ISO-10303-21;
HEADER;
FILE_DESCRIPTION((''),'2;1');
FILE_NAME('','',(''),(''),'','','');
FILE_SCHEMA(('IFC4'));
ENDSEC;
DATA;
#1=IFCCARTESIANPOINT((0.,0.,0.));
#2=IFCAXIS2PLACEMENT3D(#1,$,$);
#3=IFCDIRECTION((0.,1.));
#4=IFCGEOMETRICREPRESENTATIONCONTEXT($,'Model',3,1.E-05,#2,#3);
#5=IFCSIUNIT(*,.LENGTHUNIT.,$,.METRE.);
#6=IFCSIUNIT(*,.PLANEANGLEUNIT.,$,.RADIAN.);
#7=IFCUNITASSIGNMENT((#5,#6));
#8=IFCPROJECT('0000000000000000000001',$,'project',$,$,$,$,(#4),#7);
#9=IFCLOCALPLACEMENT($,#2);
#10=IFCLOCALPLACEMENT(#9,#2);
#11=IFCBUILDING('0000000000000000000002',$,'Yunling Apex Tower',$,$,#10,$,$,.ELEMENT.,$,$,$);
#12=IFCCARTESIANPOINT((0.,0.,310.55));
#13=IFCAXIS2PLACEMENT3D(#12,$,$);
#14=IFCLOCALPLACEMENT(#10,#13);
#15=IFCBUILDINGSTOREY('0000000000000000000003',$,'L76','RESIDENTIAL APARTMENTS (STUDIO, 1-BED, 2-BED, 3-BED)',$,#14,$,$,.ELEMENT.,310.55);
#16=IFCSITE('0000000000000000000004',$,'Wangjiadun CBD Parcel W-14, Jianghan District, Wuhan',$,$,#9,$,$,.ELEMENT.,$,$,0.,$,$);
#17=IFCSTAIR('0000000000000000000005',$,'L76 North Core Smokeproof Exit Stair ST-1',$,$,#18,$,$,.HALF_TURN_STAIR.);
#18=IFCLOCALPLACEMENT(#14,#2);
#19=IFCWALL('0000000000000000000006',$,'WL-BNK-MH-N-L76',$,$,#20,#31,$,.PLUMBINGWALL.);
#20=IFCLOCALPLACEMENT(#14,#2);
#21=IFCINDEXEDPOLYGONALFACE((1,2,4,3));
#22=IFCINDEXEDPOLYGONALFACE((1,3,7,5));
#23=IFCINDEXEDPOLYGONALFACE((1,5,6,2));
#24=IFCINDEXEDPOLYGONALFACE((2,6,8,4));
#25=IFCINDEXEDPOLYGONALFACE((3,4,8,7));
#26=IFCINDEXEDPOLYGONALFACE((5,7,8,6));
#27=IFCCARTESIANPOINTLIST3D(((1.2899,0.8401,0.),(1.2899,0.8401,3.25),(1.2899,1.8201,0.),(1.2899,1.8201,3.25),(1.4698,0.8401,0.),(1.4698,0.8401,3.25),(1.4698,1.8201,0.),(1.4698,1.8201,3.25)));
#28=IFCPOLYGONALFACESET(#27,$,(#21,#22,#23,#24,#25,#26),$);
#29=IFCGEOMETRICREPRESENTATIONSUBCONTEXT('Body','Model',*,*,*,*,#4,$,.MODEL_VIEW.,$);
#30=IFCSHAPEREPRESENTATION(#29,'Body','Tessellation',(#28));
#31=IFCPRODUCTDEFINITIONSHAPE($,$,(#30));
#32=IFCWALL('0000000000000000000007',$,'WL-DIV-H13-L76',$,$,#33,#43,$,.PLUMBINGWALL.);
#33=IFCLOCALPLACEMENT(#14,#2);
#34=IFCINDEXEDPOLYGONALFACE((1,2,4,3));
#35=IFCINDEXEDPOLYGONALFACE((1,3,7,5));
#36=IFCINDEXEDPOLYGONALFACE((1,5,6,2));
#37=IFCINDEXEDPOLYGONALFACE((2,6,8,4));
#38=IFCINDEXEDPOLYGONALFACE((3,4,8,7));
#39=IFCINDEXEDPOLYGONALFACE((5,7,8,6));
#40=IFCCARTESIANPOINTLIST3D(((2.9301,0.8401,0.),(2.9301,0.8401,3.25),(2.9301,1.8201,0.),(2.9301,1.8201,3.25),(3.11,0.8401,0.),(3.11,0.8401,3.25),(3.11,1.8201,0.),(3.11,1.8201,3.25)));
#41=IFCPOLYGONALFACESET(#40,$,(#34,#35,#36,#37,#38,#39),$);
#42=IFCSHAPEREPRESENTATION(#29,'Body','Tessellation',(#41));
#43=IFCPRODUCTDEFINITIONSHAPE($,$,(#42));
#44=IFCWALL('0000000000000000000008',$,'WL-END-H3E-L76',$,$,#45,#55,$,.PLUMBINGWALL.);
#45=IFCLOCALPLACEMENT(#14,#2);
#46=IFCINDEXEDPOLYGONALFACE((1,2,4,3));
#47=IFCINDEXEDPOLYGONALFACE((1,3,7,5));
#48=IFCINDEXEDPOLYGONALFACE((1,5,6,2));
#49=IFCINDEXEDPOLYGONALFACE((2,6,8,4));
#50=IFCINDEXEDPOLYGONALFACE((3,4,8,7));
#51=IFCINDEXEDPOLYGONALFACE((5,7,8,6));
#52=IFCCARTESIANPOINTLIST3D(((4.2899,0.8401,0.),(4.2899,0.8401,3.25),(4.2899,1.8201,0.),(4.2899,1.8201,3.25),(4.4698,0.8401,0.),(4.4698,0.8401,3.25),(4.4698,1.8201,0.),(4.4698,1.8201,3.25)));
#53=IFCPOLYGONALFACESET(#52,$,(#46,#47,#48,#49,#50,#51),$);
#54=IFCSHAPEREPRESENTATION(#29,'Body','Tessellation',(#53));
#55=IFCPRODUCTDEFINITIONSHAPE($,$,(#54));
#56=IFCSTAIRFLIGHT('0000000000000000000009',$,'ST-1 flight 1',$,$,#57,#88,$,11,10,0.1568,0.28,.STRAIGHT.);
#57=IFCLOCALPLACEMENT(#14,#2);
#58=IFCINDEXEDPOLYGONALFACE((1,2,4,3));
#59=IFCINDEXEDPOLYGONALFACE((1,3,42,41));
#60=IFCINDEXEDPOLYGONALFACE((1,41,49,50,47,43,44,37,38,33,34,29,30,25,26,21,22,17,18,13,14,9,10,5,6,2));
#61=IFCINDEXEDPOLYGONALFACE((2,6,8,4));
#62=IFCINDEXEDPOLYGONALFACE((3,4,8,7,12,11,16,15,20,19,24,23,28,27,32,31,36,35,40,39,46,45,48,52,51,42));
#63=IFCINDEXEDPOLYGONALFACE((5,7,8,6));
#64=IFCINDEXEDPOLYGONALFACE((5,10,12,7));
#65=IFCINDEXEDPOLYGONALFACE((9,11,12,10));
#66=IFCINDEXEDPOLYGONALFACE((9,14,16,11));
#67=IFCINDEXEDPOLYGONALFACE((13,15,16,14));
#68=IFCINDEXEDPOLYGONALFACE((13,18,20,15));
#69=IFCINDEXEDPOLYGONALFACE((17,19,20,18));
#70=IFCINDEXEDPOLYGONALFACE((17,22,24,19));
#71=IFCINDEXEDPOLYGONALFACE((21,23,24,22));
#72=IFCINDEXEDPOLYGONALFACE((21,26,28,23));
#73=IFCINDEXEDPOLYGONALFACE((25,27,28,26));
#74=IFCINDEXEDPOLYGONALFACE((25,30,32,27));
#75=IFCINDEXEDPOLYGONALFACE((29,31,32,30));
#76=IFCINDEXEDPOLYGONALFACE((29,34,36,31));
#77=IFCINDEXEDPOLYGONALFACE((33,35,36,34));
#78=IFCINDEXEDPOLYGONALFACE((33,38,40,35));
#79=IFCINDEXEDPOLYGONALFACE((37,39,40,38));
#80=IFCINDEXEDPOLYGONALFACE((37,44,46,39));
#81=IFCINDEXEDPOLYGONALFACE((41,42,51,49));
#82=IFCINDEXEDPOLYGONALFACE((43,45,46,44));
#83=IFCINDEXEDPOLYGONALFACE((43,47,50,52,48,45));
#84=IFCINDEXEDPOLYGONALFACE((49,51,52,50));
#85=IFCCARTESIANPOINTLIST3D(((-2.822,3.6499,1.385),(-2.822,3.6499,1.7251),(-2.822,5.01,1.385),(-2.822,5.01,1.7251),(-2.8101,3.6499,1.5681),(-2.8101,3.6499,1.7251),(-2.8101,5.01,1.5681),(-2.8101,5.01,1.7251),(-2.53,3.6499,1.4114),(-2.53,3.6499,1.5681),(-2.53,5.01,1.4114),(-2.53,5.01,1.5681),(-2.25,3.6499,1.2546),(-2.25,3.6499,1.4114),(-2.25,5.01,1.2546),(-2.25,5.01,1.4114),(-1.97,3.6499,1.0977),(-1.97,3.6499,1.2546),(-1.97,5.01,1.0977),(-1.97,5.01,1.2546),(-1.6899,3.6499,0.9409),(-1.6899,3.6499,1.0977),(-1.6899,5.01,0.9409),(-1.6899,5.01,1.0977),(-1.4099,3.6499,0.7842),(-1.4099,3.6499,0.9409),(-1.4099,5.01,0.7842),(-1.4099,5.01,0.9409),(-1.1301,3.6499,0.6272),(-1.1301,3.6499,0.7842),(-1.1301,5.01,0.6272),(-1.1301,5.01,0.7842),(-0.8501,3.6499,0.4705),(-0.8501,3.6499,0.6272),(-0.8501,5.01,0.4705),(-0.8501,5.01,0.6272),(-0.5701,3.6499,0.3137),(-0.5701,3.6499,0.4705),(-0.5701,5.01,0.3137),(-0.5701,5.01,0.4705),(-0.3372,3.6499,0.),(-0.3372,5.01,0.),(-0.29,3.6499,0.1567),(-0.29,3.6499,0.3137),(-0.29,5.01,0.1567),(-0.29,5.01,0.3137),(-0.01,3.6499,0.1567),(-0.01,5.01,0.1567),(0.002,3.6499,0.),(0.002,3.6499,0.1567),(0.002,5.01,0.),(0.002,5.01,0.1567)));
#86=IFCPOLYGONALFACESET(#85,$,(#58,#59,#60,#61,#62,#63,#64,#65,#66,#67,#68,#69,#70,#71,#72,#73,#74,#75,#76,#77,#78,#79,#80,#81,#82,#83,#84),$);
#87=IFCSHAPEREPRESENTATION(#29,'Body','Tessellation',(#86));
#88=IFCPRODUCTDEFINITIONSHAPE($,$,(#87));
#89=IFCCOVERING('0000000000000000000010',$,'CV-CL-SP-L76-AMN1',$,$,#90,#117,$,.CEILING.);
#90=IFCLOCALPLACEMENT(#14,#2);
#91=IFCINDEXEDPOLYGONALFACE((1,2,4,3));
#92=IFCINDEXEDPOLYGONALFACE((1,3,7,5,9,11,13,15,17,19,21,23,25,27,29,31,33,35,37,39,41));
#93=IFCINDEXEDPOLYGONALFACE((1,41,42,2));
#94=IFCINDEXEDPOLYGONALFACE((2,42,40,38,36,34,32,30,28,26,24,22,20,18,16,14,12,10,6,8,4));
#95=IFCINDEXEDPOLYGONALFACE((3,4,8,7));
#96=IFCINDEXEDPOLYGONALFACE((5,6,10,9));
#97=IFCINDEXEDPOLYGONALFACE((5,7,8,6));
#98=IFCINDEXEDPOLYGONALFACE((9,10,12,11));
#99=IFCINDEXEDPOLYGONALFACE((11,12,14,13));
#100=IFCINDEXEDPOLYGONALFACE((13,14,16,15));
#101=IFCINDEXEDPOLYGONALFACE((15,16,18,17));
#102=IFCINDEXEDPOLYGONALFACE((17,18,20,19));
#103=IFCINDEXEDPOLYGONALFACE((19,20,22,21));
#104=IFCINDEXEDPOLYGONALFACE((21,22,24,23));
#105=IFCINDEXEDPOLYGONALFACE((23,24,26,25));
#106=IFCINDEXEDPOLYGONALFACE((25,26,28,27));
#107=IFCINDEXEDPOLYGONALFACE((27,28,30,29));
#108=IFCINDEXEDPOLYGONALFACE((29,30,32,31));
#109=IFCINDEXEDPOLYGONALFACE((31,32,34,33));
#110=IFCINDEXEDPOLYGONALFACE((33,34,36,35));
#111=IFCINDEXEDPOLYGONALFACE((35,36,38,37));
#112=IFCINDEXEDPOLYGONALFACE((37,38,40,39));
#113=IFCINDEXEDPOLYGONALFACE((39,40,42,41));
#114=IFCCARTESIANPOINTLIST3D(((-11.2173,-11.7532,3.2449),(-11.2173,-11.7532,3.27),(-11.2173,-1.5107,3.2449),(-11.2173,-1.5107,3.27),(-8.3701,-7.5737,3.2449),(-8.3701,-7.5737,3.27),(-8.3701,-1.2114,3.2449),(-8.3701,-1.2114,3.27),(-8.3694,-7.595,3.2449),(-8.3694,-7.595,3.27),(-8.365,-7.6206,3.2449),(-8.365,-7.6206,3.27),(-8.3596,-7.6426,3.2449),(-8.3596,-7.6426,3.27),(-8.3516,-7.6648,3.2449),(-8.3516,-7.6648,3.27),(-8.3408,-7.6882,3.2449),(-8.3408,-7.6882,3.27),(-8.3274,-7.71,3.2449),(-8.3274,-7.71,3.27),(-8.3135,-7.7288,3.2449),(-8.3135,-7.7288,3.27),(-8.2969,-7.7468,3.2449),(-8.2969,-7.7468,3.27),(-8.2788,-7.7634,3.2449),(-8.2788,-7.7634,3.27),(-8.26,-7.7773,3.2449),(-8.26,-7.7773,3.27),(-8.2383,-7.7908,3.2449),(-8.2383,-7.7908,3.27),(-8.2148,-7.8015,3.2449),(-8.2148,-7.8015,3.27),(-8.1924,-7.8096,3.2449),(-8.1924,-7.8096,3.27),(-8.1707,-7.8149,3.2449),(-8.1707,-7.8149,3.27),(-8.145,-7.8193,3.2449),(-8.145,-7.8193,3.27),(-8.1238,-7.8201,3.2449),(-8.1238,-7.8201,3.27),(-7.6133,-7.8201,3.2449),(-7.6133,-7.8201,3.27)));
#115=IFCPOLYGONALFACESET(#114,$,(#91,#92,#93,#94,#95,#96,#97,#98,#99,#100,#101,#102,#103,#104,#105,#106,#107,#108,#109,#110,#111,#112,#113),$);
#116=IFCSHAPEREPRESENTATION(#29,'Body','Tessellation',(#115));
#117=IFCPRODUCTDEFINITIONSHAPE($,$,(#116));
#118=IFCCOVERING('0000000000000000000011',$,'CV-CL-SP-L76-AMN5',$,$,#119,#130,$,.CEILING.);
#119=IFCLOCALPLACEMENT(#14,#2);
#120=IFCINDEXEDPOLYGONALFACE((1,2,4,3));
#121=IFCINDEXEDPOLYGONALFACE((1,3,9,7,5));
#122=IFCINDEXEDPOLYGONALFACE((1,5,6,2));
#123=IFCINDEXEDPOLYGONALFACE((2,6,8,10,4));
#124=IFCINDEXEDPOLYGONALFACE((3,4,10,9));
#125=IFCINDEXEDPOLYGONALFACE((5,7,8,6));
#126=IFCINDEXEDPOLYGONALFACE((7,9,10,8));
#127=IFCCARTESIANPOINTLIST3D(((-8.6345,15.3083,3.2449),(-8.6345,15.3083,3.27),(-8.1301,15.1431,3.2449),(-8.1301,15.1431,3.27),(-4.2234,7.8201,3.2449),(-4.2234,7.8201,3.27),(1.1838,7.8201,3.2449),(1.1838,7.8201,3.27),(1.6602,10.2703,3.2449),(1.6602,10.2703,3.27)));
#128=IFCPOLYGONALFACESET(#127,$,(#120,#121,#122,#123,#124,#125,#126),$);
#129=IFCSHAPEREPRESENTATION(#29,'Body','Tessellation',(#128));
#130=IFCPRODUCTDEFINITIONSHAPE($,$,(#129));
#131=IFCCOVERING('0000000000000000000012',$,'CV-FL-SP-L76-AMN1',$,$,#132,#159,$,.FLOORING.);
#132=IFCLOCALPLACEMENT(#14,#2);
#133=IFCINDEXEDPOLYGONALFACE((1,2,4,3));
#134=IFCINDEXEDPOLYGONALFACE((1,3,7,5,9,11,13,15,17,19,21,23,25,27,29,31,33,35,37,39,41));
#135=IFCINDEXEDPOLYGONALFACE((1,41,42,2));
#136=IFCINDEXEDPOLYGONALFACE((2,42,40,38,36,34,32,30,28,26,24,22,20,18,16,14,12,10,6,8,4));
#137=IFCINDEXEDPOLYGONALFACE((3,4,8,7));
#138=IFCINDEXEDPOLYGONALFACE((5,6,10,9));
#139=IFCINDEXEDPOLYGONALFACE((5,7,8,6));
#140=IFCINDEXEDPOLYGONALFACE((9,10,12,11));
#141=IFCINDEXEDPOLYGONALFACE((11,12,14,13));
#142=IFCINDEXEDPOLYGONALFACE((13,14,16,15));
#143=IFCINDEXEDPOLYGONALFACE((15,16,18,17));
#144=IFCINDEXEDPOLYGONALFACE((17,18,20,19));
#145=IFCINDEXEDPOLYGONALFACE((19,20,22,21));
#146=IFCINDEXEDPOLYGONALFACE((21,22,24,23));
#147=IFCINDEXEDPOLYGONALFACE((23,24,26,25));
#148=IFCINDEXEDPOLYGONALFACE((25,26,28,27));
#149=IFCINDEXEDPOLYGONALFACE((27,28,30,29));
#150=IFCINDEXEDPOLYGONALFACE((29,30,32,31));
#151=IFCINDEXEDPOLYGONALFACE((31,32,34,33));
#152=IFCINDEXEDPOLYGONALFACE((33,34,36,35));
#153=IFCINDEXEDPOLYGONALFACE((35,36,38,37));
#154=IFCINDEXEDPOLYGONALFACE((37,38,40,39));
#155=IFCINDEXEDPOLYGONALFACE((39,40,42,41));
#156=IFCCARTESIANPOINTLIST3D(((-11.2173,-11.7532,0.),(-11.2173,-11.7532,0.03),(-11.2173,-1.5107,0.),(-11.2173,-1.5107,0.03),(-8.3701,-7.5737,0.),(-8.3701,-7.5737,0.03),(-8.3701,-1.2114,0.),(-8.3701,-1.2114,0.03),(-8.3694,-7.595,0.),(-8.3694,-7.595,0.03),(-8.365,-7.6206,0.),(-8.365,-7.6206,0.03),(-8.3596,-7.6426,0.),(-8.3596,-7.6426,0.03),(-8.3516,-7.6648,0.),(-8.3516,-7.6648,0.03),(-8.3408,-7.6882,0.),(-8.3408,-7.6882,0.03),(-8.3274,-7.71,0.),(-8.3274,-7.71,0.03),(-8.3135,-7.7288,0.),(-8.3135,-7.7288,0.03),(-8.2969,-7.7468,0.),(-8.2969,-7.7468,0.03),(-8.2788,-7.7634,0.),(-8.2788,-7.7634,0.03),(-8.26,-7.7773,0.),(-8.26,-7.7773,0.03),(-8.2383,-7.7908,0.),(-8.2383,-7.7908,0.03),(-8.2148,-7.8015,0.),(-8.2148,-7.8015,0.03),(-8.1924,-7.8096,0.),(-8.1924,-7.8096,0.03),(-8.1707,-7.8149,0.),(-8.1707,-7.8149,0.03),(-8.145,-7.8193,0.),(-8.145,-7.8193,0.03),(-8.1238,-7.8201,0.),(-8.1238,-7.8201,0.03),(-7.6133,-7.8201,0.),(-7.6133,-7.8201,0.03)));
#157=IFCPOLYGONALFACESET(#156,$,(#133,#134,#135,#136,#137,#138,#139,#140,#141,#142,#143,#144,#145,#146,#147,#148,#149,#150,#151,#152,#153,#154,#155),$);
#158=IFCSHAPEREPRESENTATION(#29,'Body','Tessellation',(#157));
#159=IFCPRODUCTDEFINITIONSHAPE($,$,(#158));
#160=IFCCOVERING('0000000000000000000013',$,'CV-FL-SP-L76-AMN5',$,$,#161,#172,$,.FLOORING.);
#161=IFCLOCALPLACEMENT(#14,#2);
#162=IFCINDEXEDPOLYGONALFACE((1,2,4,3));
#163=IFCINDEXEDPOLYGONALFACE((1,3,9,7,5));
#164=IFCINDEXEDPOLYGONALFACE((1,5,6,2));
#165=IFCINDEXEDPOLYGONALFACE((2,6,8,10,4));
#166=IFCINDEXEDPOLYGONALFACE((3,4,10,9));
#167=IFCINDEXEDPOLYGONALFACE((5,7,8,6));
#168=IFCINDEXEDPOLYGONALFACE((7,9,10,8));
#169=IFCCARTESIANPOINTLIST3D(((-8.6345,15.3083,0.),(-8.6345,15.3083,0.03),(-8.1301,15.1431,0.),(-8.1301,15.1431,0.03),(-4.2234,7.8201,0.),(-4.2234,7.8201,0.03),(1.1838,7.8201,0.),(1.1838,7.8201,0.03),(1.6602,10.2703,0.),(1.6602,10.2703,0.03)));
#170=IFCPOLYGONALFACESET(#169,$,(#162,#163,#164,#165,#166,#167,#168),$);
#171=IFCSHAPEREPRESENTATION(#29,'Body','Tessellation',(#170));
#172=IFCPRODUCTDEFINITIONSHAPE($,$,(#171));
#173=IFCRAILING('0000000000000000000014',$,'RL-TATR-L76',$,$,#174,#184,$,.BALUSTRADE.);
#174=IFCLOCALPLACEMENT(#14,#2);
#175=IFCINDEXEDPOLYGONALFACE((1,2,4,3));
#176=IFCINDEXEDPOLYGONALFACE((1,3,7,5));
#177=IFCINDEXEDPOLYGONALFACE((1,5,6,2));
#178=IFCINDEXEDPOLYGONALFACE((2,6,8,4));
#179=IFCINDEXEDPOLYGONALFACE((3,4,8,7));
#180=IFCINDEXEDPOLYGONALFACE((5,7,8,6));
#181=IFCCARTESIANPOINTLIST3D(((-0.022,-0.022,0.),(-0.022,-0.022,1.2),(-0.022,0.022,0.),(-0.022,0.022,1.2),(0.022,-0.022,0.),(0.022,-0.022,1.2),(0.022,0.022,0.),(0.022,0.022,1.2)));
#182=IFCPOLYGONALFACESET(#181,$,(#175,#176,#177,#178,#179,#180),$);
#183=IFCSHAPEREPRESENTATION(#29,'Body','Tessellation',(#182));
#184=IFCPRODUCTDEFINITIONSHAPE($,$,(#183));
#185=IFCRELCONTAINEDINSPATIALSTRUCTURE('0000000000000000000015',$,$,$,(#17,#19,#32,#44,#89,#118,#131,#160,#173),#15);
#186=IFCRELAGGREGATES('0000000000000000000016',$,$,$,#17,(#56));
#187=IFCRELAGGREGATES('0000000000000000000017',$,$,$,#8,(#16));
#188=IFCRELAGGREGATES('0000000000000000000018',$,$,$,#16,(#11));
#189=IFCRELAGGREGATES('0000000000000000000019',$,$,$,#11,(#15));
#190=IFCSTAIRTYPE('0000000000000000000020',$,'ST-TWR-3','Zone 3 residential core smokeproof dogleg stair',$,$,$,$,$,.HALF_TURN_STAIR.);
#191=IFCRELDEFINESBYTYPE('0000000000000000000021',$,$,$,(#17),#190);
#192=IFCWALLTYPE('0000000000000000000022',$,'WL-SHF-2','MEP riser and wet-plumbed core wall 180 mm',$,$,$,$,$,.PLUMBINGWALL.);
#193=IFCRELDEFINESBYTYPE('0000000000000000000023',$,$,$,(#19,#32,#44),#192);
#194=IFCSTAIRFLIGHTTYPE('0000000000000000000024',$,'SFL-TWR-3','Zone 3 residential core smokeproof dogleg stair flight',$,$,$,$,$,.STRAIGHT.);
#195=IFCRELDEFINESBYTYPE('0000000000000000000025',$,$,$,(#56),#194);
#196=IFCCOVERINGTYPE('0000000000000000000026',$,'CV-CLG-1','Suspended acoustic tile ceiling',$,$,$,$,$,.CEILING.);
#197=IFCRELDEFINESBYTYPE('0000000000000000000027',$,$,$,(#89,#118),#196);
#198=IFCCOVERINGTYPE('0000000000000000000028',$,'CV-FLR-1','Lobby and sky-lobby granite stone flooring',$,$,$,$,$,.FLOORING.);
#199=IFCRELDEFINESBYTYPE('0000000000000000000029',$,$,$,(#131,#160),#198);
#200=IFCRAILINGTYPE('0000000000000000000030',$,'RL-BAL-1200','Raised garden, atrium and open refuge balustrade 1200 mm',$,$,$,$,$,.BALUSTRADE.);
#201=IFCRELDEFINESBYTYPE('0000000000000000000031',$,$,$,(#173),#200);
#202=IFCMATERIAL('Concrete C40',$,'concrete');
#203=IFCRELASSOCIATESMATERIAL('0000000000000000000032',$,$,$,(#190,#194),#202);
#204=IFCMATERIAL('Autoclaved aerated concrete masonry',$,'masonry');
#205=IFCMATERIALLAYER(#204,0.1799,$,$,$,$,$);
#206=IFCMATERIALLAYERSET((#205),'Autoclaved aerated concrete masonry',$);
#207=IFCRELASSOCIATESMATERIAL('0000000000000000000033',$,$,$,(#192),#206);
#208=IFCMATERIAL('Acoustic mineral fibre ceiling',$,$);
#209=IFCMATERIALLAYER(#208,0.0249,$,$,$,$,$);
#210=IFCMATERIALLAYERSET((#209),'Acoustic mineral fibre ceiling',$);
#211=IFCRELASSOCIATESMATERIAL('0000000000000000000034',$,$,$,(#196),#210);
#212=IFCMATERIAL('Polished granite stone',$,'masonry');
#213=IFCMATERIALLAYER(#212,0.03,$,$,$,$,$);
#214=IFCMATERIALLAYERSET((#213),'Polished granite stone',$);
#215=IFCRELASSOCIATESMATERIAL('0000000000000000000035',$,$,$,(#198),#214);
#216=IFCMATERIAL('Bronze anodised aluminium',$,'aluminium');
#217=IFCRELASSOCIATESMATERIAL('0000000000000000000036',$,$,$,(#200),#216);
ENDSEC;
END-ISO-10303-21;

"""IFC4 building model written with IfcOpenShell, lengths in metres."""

from ifc_helpers import new_model, si_unit, direction, frame, frame_2d, origin, origin_2d, place, context, subcontext, project, spatial, polyline, rectangle, outline, extrude, material, layer, layer_set, type_object, element, aggregate, save


model = new_model("IFC4")

# Units and contexts
model_context = context("Model", 3, precision=1e-05, world=origin(), true_north=direction((0.0, 1.0)))
body_context = subcontext(model_context, "Body", "Model", "MODEL_VIEW")
ifc_project = project(units=[si_unit("LENGTHUNIT", "METRE"), si_unit("PLANEANGLEUNIT", "RADIAN")], contexts=[model_context])

# Site, building, storey
site_placement = place(None, origin())
site = spatial("IfcSite", under=ifc_project, at=site_placement, Name="Wangjiadun CBD Parcel W-14, Jianghan District, Wuhan", CompositionType="ELEMENT", RefElevation=0.0)
building_placement = place(site_placement, origin())
building = spatial("IfcBuilding", under=site, at=building_placement, Name="Yunling Apex Tower", CompositionType="ELEMENT")
storey_placement = place(building_placement, frame((0.0, 0.0, 310.55)))
storey = spatial("IfcBuildingStorey", under=building, at=storey_placement, Name="L76", Description="RESIDENTIAL APARTMENTS (STUDIO, 1-BED, 2-BED, 3-BED)", CompositionType="ELEMENT", Elevation=310.55)

# Shared definitions
ifc_material_1 = material(Name="Bronze anodised aluminium", Category="aluminium")

# Shared definitions
ifc_material_2 = material(Name="Concrete C40", Category="concrete")

# Stair
stair_type = type_object("IfcStairType", Name="ST-TWR-3", Description="Zone 3 residential core smokeproof dogleg stair", PredefinedType="HALF_TURN_STAIR", material=ifc_material_2)
stair_1_placement = place(storey_placement, origin())
stair_1 = element("IfcStair", 1, at=stair_1_placement, inside=storey, type_object=stair_type, Name="L76 North Core Smokeproof Exit Stair ST-1", PredefinedType="HALF_TURN_STAIR")

# Shared definitions
ifc_material_3 = material(Name="Autoclaved aerated concrete masonry", Category="masonry")

# Walls
ifc_layer_1 = layer(ifc_material_3, 0.1799)
ifc_layer_set_1 = layer_set([ifc_layer_1], Name="Autoclaved aerated concrete masonry")
wall_type_1 = type_object("IfcWallType", Name="WL-SHF-2", Description="MEP riser and wet-plumbed core wall 180 mm", PredefinedType="PLUMBINGWALL", material=ifc_layer_set_1)
for number, where, z_axis, x_axis, name in (
    (2, (1.3799, 0.8401, 0.0), (0.0, 0.0, 1.0), (0.0, 1.0, 0.0), "WL-BNK-MH-N-L76"),
    (3, (3.02, 0.8401, 0.0), (0.0, 0.0, 1.0), (0.0, 1.0, 0.0), "WL-DIV-H13-L76"),
    (4, (4.3799, 0.8401, 0.0), (0.0, 0.0, 1.0), (0.0, 1.0, 0.0), "WL-END-H3E-L76"),
):
    element("IfcWall", number, at=place(storey_placement, frame(where, z_axis=z_axis, x_axis=x_axis)), inside=storey, type_object=wall_type_1, Name=name, PredefinedType="PLUMBINGWALL", context=body_context, shape_type="SweptSolid", body=[
        extrude(rectangle(XDim=0.98, YDim=0.1799, at=frame_2d((0.49, 0.0))), origin(), (0.0, 0.0, 1.0), 3.25),
    ])

# Stair flight
stair_flight_type = type_object("IfcStairFlightType", Name="SFL-TWR-3", Description="Zone 3 residential core smokeproof dogleg stair flight", PredefinedType="STRAIGHT", material=ifc_material_2)
stair_flight_placement = place(storey_placement, frame((-0.01, 4.3301, 0.0), z_axis=(0.0, 0.0, 1.0), x_axis=(-1.0, 0.0, 0.0)))
stair_flight = element("IfcStairFlight", 5, at=stair_flight_placement, type_object=stair_flight_type, Name="ST-1 flight 1", NumberOfRisers=11, NumberOfTreads=10, PredefinedType="STRAIGHT", RiserHeight=0.1568, TreadLength=0.28, context=body_context, shape_type="SweptSolid", body=[
    extrude(outline(polyline([(-0.012, 0.0), (-0.012, 0.1567), (0.0, 0.1567), (0.28, 0.1567), (0.28, 0.3137), (0.5601, 0.3137), (0.5601, 0.4705), (0.8401, 0.4705), (0.8401, 0.6272), (1.1201, 0.6272), (1.1201, 0.7842), (1.3999, 0.7842), (1.3999, 0.9409), (1.6799, 0.9409), (1.6799, 1.0977), (1.96, 1.0977), (1.96, 1.2546), (2.24, 1.2546), (2.24, 1.4114), (2.52, 1.4114), (2.52, 1.5681), (2.8, 1.5681), (2.8, 1.7251), (2.812, 1.7251), (2.812, 1.385), (0.3271, 0.0), (-0.012, 0.0)])), frame((0.0, 0.6802, 0.0), z_axis=(0.0, -1.0, 0.0), x_axis=(1.0, 0.0, 0.0)), (0.0, 0.0, 1.0), 1.3601),
])
aggregate(stair_1, [stair_flight])

# Coverings
ifc_material_4 = material(Name="Acoustic mineral fibre ceiling")
ifc_layer_2 = layer(ifc_material_4, 0.0249)
ifc_layer_set_2 = layer_set([ifc_layer_2], Name="Acoustic mineral fibre ceiling")
covering_type_1 = type_object("IfcCoveringType", Name="CV-CLG-1", Description="Suspended acoustic tile ceiling", PredefinedType="CEILING", material=ifc_layer_set_2)
covering_1_placement = place(storey_placement, frame((0.0, 0.0, 3.2449)))
element("IfcCovering", 6, at=covering_1_placement, inside=storey, type_object=covering_type_1, Name="CV-CL-SP-L76-AMN1", PredefinedType="CEILING", context=body_context, shape_type="SweptSolid", body=[
    extrude(outline(polyline([(-11.2173, -1.5107), (-8.3701, -1.2114), (-8.3701, -7.5737), (-8.3694, -7.595), (-8.365, -7.6206), (-8.3596, -7.6426), (-8.3516, -7.6648), (-8.3408, -7.6882), (-8.3274, -7.71), (-8.3135, -7.7288), (-8.2969, -7.7468), (-8.2788, -7.7634), (-8.26, -7.7773), (-8.2383, -7.7908), (-8.2148, -7.8015), (-8.1924, -7.8096), (-8.1707, -7.8149), (-8.145, -7.8193), (-8.1238, -7.8201), (-7.6133, -7.8201), (-11.2173, -11.7532), (-11.2173, -1.5107)])), origin(), (0.0, 0.0, 1.0), 0.0251),
])
covering_2_placement = place(storey_placement, frame((0.0, 0.0, 3.2449)))
element("IfcCovering", 7, at=covering_2_placement, inside=storey, type_object=covering_type_1, Name="CV-CL-SP-L76-AMN5", PredefinedType="CEILING", context=body_context, shape_type="SweptSolid", body=[
    extrude(outline(polyline([(-8.6345, 15.3083), (-8.1301, 15.1431), (1.6602, 10.2703), (1.1838, 7.8201), (-4.2234, 7.8201), (-8.6345, 15.3083)])), origin(), (0.0, 0.0, 1.0), 0.0251),
])
ifc_material_5 = material(Name="Polished granite stone", Category="masonry")
ifc_layer_3 = layer(ifc_material_5, 0.03)
ifc_layer_set_3 = layer_set([ifc_layer_3], Name="Polished granite stone")
covering_type_2 = type_object("IfcCoveringType", Name="CV-FLR-1", Description="Lobby and sky-lobby granite stone flooring", PredefinedType="FLOORING", material=ifc_layer_set_3)
covering_3_placement = place(storey_placement, origin())
element("IfcCovering", 8, at=covering_3_placement, inside=storey, type_object=covering_type_2, Name="CV-FL-SP-L76-AMN1", PredefinedType="FLOORING", context=body_context, shape_type="SweptSolid", body=[
    extrude(outline(polyline([(-11.2173, -1.5107), (-8.3701, -1.2114), (-8.3701, -7.5737), (-8.3694, -7.595), (-8.365, -7.6206), (-8.3596, -7.6426), (-8.3516, -7.6648), (-8.3408, -7.6882), (-8.3274, -7.71), (-8.3135, -7.7288), (-8.2969, -7.7468), (-8.2788, -7.7634), (-8.26, -7.7773), (-8.2383, -7.7908), (-8.2148, -7.8015), (-8.1924, -7.8096), (-8.1707, -7.8149), (-8.145, -7.8193), (-8.1238, -7.8201), (-7.6133, -7.8201), (-11.2173, -11.7532), (-11.2173, -1.5107)])), origin(), (0.0, 0.0, 1.0), 0.03),
])
covering_4_placement = place(storey_placement, origin())
element("IfcCovering", 9, at=covering_4_placement, inside=storey, type_object=covering_type_2, Name="CV-FL-SP-L76-AMN5", PredefinedType="FLOORING", context=body_context, shape_type="SweptSolid", body=[
    extrude(outline(polyline([(-8.6345, 15.3083), (-8.1301, 15.1431), (1.6602, 10.2703), (1.1838, 7.8201), (-4.2234, 7.8201), (-8.6345, 15.3083)])), origin(), (0.0, 0.0, 1.0), 0.03),
])

# Railing
railing_type_1 = type_object("IfcRailingType", Name="RL-BAL-1200", Description="Raised garden, atrium and open refuge balustrade 1200 mm", PredefinedType="BALUSTRADE", material=ifc_material_1)
railing_1_placement = place(storey_placement, origin())
element("IfcRailing", 10, at=railing_1_placement, inside=storey, type_object=railing_type_1, Name="RL-TATR-L76", PredefinedType="BALUSTRADE", context=body_context, shape_type="SweptSolid", body=[
    extrude(rectangle(XDim=0.0439, YDim=0.0439, at=origin_2d()), origin(), (0.0, 0.0, 1.0), 1.2),
])

save(model, "model.ifc")
